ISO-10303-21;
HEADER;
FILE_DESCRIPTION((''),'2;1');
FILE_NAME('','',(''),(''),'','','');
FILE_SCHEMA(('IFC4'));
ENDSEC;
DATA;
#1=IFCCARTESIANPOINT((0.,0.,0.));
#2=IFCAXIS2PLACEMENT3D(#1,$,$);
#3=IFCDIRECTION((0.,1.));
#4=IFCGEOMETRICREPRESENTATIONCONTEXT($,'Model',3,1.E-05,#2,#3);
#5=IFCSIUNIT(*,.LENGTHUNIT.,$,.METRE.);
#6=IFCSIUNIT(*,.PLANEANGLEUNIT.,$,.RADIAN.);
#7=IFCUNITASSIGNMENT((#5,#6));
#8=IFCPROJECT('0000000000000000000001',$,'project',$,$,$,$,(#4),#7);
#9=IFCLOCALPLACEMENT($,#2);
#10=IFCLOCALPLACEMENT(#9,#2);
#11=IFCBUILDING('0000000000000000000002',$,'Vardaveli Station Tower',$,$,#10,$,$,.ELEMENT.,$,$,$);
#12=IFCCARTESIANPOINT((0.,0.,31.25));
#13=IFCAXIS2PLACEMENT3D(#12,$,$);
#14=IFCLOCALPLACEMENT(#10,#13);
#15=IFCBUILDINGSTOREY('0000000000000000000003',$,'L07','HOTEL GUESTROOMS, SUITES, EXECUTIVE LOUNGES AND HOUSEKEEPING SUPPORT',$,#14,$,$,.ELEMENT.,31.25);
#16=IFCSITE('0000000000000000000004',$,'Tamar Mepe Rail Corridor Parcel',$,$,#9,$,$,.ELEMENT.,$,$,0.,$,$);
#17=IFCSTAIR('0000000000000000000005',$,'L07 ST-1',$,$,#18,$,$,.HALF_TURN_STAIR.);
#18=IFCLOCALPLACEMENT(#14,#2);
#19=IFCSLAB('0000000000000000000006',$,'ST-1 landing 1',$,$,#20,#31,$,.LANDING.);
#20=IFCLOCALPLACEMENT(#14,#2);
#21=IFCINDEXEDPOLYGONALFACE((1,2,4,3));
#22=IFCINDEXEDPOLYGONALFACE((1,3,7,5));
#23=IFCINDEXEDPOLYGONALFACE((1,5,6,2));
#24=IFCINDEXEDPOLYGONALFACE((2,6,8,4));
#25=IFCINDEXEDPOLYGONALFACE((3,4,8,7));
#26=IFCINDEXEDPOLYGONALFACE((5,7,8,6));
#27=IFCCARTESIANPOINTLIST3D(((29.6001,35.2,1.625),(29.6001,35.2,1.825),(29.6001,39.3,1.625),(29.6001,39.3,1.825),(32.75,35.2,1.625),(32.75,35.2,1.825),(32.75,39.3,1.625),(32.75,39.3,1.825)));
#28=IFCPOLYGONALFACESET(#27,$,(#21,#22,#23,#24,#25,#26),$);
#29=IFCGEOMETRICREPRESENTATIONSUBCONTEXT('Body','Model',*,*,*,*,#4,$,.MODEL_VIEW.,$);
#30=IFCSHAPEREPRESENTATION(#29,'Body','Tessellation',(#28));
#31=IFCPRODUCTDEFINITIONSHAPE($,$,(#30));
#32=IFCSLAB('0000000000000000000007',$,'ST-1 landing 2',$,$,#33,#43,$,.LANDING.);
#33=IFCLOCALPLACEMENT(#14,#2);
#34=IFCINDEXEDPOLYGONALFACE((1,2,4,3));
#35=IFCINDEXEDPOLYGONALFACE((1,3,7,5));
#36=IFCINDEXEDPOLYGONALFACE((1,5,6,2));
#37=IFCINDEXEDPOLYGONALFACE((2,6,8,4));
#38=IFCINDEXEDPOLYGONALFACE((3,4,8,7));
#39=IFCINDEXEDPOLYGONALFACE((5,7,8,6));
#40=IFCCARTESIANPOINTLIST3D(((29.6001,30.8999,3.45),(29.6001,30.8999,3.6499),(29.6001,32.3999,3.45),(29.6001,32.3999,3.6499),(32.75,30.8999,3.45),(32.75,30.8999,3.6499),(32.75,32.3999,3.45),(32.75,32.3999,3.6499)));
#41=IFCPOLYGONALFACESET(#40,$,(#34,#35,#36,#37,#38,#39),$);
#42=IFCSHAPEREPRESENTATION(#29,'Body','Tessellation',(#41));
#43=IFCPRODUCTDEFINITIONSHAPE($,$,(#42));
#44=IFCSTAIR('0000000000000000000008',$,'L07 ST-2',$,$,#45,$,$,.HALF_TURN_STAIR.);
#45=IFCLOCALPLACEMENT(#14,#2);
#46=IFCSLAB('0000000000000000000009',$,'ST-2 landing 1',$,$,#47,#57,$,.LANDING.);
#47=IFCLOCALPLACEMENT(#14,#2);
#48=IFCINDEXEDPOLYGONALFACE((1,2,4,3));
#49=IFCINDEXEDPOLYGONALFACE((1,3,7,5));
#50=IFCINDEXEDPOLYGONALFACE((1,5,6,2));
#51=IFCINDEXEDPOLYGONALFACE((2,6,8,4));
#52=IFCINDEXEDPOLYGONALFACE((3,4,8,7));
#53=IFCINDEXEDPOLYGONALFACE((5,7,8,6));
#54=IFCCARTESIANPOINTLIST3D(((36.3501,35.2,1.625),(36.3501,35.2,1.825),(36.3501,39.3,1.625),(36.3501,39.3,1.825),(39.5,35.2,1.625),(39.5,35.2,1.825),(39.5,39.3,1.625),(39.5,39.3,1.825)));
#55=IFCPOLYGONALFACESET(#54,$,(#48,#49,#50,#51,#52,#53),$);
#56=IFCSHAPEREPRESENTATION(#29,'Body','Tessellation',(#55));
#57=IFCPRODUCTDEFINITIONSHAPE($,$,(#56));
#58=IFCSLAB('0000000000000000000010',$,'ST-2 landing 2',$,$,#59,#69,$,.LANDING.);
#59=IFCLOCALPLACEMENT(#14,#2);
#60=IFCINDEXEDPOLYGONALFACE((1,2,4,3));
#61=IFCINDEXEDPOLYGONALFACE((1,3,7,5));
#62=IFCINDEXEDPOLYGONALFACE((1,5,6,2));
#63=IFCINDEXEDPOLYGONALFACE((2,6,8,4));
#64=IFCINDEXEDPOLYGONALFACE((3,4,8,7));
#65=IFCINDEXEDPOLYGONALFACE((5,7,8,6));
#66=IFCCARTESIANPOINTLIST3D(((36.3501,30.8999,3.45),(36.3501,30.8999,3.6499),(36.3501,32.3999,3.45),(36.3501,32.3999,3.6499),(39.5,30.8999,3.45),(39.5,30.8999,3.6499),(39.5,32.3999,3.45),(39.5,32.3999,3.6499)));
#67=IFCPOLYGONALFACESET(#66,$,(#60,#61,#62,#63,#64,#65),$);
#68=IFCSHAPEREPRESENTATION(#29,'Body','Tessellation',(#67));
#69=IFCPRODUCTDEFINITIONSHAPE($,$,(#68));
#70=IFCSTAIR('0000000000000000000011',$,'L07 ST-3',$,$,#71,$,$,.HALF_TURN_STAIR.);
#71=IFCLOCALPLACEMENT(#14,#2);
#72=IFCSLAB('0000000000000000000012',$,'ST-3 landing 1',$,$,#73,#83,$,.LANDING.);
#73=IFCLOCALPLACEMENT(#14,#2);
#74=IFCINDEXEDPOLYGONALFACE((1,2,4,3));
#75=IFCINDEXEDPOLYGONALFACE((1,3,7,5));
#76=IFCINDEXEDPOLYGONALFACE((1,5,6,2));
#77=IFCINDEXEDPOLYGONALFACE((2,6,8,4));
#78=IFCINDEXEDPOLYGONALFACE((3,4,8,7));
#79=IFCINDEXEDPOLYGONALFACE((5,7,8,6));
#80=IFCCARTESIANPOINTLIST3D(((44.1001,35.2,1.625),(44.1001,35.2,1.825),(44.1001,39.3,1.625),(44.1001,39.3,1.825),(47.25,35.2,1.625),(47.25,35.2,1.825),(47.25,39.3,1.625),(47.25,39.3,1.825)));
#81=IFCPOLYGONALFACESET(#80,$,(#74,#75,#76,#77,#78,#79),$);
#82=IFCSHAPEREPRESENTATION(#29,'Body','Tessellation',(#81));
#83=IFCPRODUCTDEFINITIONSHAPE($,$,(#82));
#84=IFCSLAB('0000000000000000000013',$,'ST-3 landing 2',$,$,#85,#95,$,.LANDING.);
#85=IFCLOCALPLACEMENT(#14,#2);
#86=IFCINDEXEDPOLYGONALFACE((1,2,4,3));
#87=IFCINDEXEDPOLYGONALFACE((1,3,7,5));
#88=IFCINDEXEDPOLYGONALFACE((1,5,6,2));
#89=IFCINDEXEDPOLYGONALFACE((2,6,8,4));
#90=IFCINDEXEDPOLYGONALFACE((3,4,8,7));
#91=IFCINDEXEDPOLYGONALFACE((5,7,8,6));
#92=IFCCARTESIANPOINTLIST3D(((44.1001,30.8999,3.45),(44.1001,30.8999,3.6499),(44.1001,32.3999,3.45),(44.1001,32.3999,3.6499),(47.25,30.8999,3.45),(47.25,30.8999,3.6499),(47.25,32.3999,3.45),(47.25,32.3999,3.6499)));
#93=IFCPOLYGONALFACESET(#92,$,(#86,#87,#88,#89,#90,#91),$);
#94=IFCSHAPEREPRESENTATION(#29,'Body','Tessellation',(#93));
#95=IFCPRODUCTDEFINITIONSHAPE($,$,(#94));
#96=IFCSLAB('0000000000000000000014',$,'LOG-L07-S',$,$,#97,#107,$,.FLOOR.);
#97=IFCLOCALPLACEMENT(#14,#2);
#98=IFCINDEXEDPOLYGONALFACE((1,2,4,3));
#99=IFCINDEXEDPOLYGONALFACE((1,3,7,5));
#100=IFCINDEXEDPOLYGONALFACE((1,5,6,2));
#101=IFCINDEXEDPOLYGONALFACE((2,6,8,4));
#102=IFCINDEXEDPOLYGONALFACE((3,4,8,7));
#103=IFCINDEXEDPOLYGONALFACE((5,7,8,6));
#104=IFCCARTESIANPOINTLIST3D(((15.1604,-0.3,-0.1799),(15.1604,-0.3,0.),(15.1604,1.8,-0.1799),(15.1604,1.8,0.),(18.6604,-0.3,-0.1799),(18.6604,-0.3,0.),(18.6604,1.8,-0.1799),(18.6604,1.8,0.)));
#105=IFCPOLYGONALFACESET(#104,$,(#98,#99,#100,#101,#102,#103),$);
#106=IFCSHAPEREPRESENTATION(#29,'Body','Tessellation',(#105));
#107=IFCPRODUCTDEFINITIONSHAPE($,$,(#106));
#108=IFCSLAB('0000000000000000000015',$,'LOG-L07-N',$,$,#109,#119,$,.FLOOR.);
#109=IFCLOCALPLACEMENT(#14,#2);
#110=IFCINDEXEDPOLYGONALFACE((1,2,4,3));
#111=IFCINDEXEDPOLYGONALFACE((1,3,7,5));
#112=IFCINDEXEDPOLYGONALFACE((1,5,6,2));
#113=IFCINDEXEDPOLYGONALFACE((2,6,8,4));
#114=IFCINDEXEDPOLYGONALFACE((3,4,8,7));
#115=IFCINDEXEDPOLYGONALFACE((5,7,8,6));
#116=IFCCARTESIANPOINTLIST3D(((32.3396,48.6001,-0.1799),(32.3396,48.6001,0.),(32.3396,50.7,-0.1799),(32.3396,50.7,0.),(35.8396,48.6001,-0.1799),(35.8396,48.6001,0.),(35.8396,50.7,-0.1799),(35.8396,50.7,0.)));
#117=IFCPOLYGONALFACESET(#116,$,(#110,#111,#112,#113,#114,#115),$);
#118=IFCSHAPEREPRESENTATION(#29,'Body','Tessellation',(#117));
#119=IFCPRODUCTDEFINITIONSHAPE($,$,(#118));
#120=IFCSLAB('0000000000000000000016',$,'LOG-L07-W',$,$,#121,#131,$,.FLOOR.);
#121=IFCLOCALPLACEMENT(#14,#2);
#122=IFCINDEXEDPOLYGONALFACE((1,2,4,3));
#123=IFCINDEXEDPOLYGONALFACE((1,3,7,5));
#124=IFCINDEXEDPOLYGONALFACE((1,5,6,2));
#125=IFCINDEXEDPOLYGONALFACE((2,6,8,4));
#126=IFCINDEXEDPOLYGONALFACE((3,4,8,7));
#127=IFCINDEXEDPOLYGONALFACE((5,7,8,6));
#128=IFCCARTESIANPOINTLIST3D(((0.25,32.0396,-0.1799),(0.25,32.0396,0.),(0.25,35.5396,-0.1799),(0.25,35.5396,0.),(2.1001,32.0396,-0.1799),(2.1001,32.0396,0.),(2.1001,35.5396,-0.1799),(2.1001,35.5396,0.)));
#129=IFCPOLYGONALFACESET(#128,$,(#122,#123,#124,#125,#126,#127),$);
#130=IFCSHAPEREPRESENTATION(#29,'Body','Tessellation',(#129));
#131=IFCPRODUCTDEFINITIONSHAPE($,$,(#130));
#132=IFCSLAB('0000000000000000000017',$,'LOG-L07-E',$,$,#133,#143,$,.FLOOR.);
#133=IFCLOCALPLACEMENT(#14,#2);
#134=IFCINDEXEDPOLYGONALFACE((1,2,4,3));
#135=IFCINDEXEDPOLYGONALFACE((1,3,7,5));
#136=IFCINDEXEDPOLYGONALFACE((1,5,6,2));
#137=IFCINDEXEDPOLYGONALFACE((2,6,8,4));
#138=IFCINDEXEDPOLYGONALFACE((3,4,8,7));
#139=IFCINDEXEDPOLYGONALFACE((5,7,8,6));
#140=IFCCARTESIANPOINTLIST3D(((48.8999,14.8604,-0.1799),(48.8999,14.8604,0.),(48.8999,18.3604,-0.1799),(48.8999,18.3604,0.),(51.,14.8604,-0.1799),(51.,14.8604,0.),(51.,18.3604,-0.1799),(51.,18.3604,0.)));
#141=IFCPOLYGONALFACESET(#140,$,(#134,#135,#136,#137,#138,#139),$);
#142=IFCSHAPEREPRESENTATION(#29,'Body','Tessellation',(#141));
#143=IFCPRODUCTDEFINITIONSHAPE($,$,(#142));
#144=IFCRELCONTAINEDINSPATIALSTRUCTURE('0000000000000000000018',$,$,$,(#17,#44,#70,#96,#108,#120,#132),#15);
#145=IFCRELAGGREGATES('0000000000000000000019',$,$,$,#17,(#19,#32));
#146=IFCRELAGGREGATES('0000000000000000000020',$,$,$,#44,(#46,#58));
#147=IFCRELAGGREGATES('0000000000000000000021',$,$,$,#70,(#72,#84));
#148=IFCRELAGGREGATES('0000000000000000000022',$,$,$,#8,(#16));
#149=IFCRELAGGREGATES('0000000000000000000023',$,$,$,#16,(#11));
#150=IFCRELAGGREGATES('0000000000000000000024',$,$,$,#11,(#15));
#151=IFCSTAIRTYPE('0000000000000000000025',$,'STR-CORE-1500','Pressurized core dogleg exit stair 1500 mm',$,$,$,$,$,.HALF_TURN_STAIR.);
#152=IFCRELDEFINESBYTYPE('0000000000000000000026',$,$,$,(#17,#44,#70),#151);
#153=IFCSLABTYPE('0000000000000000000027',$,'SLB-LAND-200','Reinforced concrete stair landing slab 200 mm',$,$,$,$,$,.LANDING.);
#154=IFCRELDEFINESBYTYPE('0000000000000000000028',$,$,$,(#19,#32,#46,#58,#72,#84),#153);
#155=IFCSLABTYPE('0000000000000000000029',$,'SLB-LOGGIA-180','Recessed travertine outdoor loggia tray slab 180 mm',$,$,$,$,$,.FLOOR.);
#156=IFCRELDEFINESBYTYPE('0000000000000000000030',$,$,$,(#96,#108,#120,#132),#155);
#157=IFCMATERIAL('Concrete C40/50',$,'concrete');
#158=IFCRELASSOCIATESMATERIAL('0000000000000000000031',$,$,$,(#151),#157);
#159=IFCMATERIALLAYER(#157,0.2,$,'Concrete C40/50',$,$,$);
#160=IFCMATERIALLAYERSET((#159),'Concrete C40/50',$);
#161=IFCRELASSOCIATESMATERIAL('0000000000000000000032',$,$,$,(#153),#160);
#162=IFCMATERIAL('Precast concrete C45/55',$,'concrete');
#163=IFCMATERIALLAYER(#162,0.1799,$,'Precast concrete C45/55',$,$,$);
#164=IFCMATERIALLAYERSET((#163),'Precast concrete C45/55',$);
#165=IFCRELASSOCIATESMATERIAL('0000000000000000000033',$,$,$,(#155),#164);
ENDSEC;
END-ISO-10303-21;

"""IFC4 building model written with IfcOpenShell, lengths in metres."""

from ifc_helpers import new_model, si_unit, direction, frame, origin, place, context, subcontext, project, spatial, polyline, outline, extrude, material, layer, layer_set, type_object, element, aggregate, save


model = new_model("IFC4")

# Units and contexts
model_context = context("Model", 3, precision=1e-05, world=origin(), true_north=direction((0.0, 1.0)))
body_context = subcontext(model_context, "Body", "Model", "MODEL_VIEW")
ifc_project = project(units=[si_unit("LENGTHUNIT", "METRE"), si_unit("PLANEANGLEUNIT", "RADIAN")], contexts=[model_context])

# Site, building, storey
site_placement = place(None, origin())
site = spatial("IfcSite", under=ifc_project, at=site_placement, Name="Tamar Mepe Rail Corridor Parcel", CompositionType="ELEMENT", RefElevation=0.0)
building_placement = place(site_placement, origin())
building = spatial("IfcBuilding", under=site, at=building_placement, Name="Vardaveli Station Tower", CompositionType="ELEMENT")
storey_placement = place(building_placement, frame((0.0, 0.0, 31.25)))
storey = spatial("IfcBuildingStorey", under=building, at=storey_placement, Name="L07", Description="HOTEL GUESTROOMS, SUITES, EXECUTIVE LOUNGES AND HOUSEKEEPING SUPPORT", CompositionType="ELEMENT", Elevation=31.25)

# Stairs, slabs
ifc_material_1 = material(Name="Concrete C40/50", Category="concrete")
stair_type = type_object("IfcStairType", Name="STR-CORE-1500", Description="Pressurized core dogleg exit stair 1500 mm", PredefinedType="HALF_TURN_STAIR", material=ifc_material_1)
stair_1_placement = place(storey_placement, origin())
stair_1 = element("IfcStair", 1, at=stair_1_placement, inside=storey, type_object=stair_type, Name="L07 ST-1", PredefinedType="HALF_TURN_STAIR")
ifc_layer_1 = layer(ifc_material_1, 0.2, Name="Concrete C40/50")
ifc_layer_set_1 = layer_set([ifc_layer_1], Name="Concrete C40/50")
slab_type_1 = type_object("IfcSlabType", Name="SLB-LAND-200", Description="Reinforced concrete stair landing slab 200 mm", PredefinedType="LANDING", material=ifc_layer_set_1)
slab_1_placement = place(storey_placement, frame((0.0, 0.0, 1.625)))
slab_1 = element("IfcSlab", 2, at=slab_1_placement, type_object=slab_type_1, Name="ST-1 landing 1", PredefinedType="LANDING", context=body_context, shape_type="SweptSolid", body=[
    extrude(outline(polyline([(32.75, 35.2), (32.75, 39.3), (29.6001, 39.3), (29.6001, 35.2), (32.75, 35.2)])), origin(), (0.0, 0.0, 1.0), 0.2),
])
slab_2_placement = place(storey_placement, frame((0.0, 0.0, 3.45)))
slab_2 = element("IfcSlab", 3, at=slab_2_placement, type_object=slab_type_1, Name="ST-1 landing 2", PredefinedType="LANDING", context=body_context, shape_type="SweptSolid", body=[
    extrude(outline(polyline([(32.75, 30.8999), (32.75, 32.3999), (29.6001, 32.3999), (29.6001, 30.8999), (32.75, 30.8999)])), origin(), (0.0, 0.0, 1.0), 0.2),
])
aggregate(stair_1, [slab_1, slab_2])
stair_2_placement = place(storey_placement, origin())
stair_2 = element("IfcStair", 4, at=stair_2_placement, inside=storey, type_object=stair_type, Name="L07 ST-2", PredefinedType="HALF_TURN_STAIR")
slab_3_placement = place(storey_placement, frame((0.0, 0.0, 1.625)))
slab_3 = element("IfcSlab", 5, at=slab_3_placement, type_object=slab_type_1, Name="ST-2 landing 1", PredefinedType="LANDING", context=body_context, shape_type="SweptSolid", body=[
    extrude(outline(polyline([(39.5, 35.2), (39.5, 39.3), (36.3501, 39.3), (36.3501, 35.2), (39.5, 35.2)])), origin(), (0.0, 0.0, 1.0), 0.2),
])
slab_4_placement = place(storey_placement, frame((0.0, 0.0, 3.45)))
slab_4 = element("IfcSlab", 6, at=slab_4_placement, type_object=slab_type_1, Name="ST-2 landing 2", PredefinedType="LANDING", context=body_context, shape_type="SweptSolid", body=[
    extrude(outline(polyline([(39.5, 30.8999), (39.5, 32.3999), (36.3501, 32.3999), (36.3501, 30.8999), (39.5, 30.8999)])), origin(), (0.0, 0.0, 1.0), 0.2),
])
aggregate(stair_2, [slab_3, slab_4])
stair_3_placement = place(storey_placement, origin())
stair_3 = element("IfcStair", 7, at=stair_3_placement, inside=storey, type_object=stair_type, Name="L07 ST-3", PredefinedType="HALF_TURN_STAIR")
slab_5_placement = place(storey_placement, frame((0.0, 0.0, 1.625)))
slab_5 = element("IfcSlab", 8, at=slab_5_placement, type_object=slab_type_1, Name="ST-3 landing 1", PredefinedType="LANDING", context=body_context, shape_type="SweptSolid", body=[
    extrude(outline(polyline([(47.25, 35.2), (47.25, 39.3), (44.1001, 39.3), (44.1001, 35.2), (47.25, 35.2)])), origin(), (0.0, 0.0, 1.0), 0.2),
])
slab_6_placement = place(storey_placement, frame((0.0, 0.0, 3.45)))
slab_6 = element("IfcSlab", 9, at=slab_6_placement, type_object=slab_type_1, Name="ST-3 landing 2", PredefinedType="LANDING", context=body_context, shape_type="SweptSolid", body=[
    extrude(outline(polyline([(47.25, 30.8999), (47.25, 32.3999), (44.1001, 32.3999), (44.1001, 30.8999), (47.25, 30.8999)])), origin(), (0.0, 0.0, 1.0), 0.2),
])
aggregate(stair_3, [slab_5, slab_6])

# Slabs
ifc_material_2 = material(Name="Precast concrete C45/55", Category="concrete")
ifc_layer_2 = layer(ifc_material_2, 0.1799, Name="Precast concrete C45/55")
ifc_layer_set_2 = layer_set([ifc_layer_2], Name="Precast concrete C45/55")
slab_type_2 = type_object("IfcSlabType", Name="SLB-LOGGIA-180", Description="Recessed travertine outdoor loggia tray slab 180 mm", PredefinedType="FLOOR", material=ifc_layer_set_2)
slab_7_placement = place(storey_placement, frame((0.0, 0.0, -0.1799)))
element("IfcSlab", 10, at=slab_7_placement, inside=storey, type_object=slab_type_2, Name="LOG-L07-S", PredefinedType="FLOOR", context=body_context, shape_type="SweptSolid", body=[
    extrude(outline(polyline([(15.1604, -0.3), (18.6604, -0.3), (18.6604, 1.8), (15.1604, 1.8), (15.1604, -0.3)])), origin(), (0.0, 0.0, 1.0), 0.1799),
])
slab_8_placement = place(storey_placement, frame((0.0, 0.0, -0.1799)))
element("IfcSlab", 11, at=slab_8_placement, inside=storey, type_object=slab_type_2, Name="LOG-L07-N", PredefinedType="FLOOR", context=body_context, shape_type="SweptSolid", body=[
    extrude(outline(polyline([(32.3396, 48.6001), (35.8396, 48.6001), (35.8396, 50.7), (32.3396, 50.7), (32.3396, 48.6001)])), origin(), (0.0, 0.0, 1.0), 0.1799),
])
slab_9_placement = place(storey_placement, frame((0.0, 0.0, -0.1799)))
element("IfcSlab", 12, at=slab_9_placement, inside=storey, type_object=slab_type_2, Name="LOG-L07-W", PredefinedType="FLOOR", context=body_context, shape_type="SweptSolid", body=[
    extrude(outline(polyline([(0.25, 32.0396), (2.1001, 32.0396), (2.1001, 35.5396), (0.25, 35.5396), (0.25, 32.0396)])), origin(), (0.0, 0.0, 1.0), 0.1799),
])
slab_10_placement = place(storey_placement, frame((0.0, 0.0, -0.1799)))
element("IfcSlab", 13, at=slab_10_placement, inside=storey, type_object=slab_type_2, Name="LOG-L07-E", PredefinedType="FLOOR", context=body_context, shape_type="SweptSolid", body=[
    extrude(outline(polyline([(48.8999, 14.8604), (51.0, 14.8604), (51.0, 18.3604), (48.8999, 18.3604), (48.8999, 14.8604)])), origin(), (0.0, 0.0, 1.0), 0.1799),
])

save(model, "model.ifc")
